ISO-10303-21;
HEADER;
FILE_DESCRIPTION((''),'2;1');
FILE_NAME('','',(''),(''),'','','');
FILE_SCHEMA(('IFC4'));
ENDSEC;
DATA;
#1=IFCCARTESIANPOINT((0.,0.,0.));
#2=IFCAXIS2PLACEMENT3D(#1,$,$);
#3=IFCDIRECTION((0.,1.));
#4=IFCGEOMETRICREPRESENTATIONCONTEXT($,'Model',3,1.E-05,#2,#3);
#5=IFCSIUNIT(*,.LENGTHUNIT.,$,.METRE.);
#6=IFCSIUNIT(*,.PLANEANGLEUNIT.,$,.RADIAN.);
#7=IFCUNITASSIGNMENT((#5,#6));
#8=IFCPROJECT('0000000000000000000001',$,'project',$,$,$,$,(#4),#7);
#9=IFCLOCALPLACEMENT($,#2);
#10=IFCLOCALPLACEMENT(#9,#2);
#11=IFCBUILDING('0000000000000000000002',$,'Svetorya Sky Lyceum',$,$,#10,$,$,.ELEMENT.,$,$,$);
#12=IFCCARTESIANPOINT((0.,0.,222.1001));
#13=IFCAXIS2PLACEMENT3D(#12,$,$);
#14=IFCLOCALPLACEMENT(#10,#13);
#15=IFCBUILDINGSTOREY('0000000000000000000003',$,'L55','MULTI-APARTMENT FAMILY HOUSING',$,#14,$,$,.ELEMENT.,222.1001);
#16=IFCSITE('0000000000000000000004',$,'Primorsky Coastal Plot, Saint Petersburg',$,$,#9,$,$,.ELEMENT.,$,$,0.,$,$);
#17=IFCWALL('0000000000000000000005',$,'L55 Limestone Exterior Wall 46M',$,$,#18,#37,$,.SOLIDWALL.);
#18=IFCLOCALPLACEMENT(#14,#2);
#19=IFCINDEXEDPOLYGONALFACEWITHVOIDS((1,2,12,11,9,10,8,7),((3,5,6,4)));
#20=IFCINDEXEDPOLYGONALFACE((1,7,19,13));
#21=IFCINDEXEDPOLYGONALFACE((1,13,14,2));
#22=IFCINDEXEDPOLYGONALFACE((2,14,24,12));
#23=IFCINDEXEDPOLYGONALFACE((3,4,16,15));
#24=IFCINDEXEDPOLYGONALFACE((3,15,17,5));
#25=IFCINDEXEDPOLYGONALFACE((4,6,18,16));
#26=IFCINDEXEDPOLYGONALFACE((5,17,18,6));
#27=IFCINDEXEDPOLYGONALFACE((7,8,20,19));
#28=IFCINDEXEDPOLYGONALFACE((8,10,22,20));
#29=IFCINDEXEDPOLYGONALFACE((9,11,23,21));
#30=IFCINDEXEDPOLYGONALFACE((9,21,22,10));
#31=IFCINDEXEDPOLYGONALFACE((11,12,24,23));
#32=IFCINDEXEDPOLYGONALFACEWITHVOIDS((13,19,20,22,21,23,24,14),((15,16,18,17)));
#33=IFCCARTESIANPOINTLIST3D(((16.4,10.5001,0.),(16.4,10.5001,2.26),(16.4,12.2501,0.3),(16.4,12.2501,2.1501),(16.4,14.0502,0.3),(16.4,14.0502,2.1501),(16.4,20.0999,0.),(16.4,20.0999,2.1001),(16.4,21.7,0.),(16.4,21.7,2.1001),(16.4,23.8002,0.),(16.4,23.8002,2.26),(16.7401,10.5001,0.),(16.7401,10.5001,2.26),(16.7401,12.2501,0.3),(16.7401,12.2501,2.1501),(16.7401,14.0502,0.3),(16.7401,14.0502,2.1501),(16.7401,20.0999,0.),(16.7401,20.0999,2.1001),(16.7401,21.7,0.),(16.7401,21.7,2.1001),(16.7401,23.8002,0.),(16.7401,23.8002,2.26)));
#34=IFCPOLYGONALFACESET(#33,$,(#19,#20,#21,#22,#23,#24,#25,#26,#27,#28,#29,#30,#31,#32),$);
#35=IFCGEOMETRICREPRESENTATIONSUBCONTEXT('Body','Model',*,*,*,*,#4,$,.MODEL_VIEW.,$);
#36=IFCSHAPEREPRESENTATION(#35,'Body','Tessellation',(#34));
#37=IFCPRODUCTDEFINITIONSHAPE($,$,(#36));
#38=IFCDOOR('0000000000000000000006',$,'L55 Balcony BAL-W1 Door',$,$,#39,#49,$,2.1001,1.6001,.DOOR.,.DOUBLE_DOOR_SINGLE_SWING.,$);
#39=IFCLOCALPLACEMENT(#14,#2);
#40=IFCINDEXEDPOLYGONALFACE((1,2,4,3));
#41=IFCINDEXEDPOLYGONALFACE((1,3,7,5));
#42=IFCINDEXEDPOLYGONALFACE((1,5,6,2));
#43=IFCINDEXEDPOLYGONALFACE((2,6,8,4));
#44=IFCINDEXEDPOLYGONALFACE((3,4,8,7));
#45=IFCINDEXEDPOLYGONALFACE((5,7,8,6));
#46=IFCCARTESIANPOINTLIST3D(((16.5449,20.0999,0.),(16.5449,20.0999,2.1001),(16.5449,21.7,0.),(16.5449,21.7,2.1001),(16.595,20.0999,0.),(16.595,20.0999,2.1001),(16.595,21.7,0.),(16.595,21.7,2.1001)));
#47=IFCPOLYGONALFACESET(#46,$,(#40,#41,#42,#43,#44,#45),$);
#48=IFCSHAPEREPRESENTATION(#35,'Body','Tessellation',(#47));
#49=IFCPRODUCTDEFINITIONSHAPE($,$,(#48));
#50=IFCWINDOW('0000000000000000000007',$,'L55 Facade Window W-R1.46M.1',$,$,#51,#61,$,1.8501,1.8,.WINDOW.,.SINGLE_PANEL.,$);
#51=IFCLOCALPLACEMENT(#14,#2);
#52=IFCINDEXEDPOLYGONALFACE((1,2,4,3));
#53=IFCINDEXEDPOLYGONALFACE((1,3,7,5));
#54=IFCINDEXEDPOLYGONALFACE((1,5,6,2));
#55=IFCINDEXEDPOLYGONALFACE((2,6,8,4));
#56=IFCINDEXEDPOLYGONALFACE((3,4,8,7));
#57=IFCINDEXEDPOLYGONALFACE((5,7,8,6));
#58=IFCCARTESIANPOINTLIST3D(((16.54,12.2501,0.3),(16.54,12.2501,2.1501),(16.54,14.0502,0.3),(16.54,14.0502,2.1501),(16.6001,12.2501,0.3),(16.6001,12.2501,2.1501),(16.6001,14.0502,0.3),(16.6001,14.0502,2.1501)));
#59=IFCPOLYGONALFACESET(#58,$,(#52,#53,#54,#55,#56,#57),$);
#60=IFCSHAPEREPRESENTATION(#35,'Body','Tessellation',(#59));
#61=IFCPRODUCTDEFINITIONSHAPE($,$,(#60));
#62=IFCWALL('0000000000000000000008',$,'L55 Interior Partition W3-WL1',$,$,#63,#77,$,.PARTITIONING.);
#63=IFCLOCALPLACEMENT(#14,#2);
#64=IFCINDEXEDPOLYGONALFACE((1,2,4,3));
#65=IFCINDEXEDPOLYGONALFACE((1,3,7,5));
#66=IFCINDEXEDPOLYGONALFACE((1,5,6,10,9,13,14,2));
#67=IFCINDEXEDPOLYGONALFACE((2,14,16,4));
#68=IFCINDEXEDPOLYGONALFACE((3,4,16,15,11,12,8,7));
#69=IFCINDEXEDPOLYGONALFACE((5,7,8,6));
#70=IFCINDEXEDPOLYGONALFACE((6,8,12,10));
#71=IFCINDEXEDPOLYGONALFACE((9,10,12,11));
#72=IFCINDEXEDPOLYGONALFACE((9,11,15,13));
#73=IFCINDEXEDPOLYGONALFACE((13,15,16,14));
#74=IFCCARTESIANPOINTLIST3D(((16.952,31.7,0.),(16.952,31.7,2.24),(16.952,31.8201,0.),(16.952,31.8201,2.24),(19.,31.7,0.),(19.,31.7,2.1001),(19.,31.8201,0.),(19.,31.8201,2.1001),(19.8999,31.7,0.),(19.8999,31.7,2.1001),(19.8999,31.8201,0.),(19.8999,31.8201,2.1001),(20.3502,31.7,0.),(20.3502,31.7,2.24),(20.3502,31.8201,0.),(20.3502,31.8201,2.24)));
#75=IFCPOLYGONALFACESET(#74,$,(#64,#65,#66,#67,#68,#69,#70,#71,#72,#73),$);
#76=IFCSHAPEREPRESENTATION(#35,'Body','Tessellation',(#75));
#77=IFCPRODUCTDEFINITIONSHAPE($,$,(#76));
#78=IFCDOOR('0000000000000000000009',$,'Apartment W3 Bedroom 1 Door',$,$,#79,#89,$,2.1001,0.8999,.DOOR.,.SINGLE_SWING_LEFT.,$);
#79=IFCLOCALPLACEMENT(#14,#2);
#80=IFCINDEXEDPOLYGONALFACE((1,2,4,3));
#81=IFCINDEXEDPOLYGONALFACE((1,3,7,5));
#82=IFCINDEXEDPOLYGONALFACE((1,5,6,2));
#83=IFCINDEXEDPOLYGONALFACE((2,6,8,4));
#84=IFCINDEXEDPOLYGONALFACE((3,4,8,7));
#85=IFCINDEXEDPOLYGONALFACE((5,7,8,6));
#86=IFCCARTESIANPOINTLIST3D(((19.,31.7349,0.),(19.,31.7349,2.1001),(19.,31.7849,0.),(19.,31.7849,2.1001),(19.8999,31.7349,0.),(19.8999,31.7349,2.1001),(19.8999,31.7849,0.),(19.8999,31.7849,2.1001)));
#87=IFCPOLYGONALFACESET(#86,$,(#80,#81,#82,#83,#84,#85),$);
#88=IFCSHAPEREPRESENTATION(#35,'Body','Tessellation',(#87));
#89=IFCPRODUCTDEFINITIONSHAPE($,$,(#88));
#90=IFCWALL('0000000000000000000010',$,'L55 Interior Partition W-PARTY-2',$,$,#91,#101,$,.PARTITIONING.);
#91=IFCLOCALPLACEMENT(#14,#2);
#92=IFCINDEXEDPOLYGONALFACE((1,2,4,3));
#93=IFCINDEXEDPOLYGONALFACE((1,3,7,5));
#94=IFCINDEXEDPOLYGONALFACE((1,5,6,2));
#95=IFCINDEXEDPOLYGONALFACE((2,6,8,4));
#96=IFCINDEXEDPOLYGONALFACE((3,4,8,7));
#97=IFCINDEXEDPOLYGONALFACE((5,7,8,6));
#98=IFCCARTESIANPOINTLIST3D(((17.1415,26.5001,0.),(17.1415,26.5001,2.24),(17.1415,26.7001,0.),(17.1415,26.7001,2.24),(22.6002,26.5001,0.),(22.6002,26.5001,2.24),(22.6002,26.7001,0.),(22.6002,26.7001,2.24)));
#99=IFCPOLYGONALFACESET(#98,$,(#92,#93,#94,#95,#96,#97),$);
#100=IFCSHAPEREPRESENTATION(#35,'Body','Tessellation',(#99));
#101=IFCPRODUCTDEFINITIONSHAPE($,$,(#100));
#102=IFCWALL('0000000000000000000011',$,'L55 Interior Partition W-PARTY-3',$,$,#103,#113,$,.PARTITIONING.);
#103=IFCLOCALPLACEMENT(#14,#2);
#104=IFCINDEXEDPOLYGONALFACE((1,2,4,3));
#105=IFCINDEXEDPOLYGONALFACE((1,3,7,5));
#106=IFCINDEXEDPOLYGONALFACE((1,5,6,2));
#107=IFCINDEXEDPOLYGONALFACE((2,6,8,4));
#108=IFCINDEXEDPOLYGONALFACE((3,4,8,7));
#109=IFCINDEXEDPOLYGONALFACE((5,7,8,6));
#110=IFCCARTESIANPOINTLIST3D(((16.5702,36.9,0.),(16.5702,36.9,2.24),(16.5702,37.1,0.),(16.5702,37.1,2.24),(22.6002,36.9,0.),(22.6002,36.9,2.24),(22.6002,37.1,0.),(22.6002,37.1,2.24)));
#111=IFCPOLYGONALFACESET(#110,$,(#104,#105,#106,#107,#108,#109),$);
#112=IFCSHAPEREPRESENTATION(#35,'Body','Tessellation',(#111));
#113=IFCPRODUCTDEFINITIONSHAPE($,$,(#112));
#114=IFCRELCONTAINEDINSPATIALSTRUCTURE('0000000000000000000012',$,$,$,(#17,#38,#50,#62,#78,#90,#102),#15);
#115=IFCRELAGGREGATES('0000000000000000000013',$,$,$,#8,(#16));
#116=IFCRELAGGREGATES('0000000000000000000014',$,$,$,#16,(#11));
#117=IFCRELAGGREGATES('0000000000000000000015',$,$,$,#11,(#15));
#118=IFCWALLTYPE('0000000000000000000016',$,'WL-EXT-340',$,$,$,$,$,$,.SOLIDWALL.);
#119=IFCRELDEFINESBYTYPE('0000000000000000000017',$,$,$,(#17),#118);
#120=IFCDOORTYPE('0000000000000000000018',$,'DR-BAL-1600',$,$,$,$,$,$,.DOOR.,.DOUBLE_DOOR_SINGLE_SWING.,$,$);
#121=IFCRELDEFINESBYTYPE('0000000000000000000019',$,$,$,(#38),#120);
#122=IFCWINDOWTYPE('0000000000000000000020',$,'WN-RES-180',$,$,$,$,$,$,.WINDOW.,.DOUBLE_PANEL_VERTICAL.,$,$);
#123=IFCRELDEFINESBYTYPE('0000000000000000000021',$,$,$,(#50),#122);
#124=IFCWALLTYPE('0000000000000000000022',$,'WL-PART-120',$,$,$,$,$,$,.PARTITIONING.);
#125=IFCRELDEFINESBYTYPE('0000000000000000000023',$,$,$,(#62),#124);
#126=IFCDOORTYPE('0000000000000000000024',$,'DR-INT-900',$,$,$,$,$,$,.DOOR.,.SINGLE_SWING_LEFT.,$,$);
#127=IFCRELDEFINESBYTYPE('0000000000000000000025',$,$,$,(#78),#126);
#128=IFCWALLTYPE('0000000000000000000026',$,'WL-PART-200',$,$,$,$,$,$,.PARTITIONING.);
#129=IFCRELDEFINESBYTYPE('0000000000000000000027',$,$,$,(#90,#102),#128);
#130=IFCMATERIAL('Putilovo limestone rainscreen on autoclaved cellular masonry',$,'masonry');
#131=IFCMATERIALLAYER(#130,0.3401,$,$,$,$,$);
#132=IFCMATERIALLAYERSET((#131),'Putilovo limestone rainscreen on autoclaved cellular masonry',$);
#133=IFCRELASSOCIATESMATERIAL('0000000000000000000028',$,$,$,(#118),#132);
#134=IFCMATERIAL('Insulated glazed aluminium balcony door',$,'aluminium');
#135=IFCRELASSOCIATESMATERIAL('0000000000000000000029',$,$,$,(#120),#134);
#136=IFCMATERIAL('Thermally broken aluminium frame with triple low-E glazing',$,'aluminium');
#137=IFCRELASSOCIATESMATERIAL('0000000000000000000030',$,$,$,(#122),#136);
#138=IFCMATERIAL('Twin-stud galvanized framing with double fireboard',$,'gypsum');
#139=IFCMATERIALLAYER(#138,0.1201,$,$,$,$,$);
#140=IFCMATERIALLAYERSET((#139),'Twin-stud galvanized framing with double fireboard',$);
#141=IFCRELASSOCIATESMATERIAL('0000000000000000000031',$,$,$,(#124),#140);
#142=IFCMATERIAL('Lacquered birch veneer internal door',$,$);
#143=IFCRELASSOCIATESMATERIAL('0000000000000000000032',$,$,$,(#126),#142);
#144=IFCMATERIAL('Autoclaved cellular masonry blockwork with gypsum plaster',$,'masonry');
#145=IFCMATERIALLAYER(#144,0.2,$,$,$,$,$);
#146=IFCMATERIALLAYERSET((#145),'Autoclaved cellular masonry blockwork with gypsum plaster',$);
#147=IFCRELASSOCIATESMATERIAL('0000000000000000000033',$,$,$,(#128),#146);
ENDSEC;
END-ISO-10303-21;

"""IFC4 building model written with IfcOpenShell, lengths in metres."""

from ifc_helpers import new_model, si_unit, direction, frame, frame_2d, origin, place, context, subcontext, project, spatial, rectangle, extrude, material, layer, layer_set, type_object, element, fill, save


model = new_model("IFC4")

# Units and contexts
model_context = context("Model", 3, precision=1e-05, world=origin(), true_north=direction((0.0, 1.0)))
body_context = subcontext(model_context, "Body", "Model", "MODEL_VIEW")
ifc_project = project(units=[si_unit("LENGTHUNIT", "METRE"), si_unit("PLANEANGLEUNIT", "RADIAN")], contexts=[model_context])

# Site, building, storey
site_placement = place(None, origin())
site = spatial("IfcSite", under=ifc_project, at=site_placement, Name="Primorsky Coastal Plot, Saint Petersburg", CompositionType="ELEMENT", RefElevation=0.0)
building_placement = place(site_placement, origin())
building = spatial("IfcBuilding", under=site, at=building_placement, Name="Svetorya Sky Lyceum", CompositionType="ELEMENT")
storey_placement = place(building_placement, frame((0.0, 0.0, 222.1001)))
storey = spatial("IfcBuildingStorey", under=building, at=storey_placement, Name="L55", Description="MULTI-APARTMENT FAMILY HOUSING", CompositionType="ELEMENT", Elevation=222.1001)

# Shared definitions
ifc_material_1 = material(Name="Putilovo limestone rainscreen on autoclaved cellular masonry", Category="masonry")
ifc_layer_1 = layer(ifc_material_1, 0.3401)
ifc_layer_set_1 = layer_set([ifc_layer_1], Name="Putilovo limestone rainscreen on autoclaved cellular masonry")
wall_type_1 = type_object("IfcWallType", Name="WL-EXT-340", PredefinedType="SOLIDWALL", material=ifc_layer_set_1)

# Shared definitions
ifc_material_2 = material(Name="Thermally broken aluminium frame with triple low-E glazing", Category="aluminium")

# Wall, openings, door, window
wall_1_placement = place(storey_placement, frame((16.5701, 23.8, 0.0), z_axis=(0.0, 0.0, 1.0), x_axis=(0.0, -1.0, 0.0)))
wall_1 = element("IfcWall", 1, at=wall_1_placement, inside=storey, type_object=wall_type_1, Name="L55 Limestone Exterior Wall 46M", PredefinedType="SOLIDWALL", context=body_context, shape_type="SweptSolid", body=[
    extrude(rectangle(XDim=13.3, YDim=0.3401, at=frame_2d((6.6499, 0.0))), origin(), (0.0, 0.0, 1.0), 2.26),
])
opening_1_placement = place(wall_1_placement, frame((2.1001, 0.0, 0.0)))
opening_1 = element("IfcOpeningElement", 2, at=opening_1_placement, cuts=wall_1, PredefinedType="OPENING", context=body_context, shape_type="SweptSolid", body=[
    extrude(rectangle(XDim=1.6001, YDim=2.1001, at=frame_2d((0.8, 1.05))), frame((0.0, 0.1799, 0.0), z_axis=(0.0, -1.0, 0.0), x_axis=(1.0, 0.0, 0.0)), (0.0, 0.0, 1.0), 0.3601),
])
opening_2_placement = place(wall_1_placement, frame((9.75, 0.0, 0.3)))
opening_2 = element("IfcOpeningElement", 3, at=opening_2_placement, cuts=wall_1, PredefinedType="OPENING", context=body_context, shape_type="SweptSolid", body=[
    extrude(rectangle(XDim=1.8, YDim=1.8501, at=frame_2d((0.8999, 0.925))), frame((0.0, 0.1799, 0.0), z_axis=(0.0, -1.0, 0.0), x_axis=(1.0, 0.0, 0.0)), (0.0, 0.0, 1.0), 0.3601),
])
ifc_material_3 = material(Name="Insulated glazed aluminium balcony door", Category="aluminium")
door_type_1 = type_object("IfcDoorType", Name="DR-BAL-1600", OperationType="DOUBLE_DOOR_SINGLE_SWING", PredefinedType="DOOR", material=ifc_material_3)
door_1_placement = place(opening_1_placement, origin())
door_1 = element("IfcDoor", 4, at=door_1_placement, inside=storey, type_object=door_type_1, Name="L55 Balcony BAL-W1 Door", OperationType="DOUBLE_DOOR_SINGLE_SWING", OverallHeight=2.1001, OverallWidth=1.6001, PredefinedType="DOOR", context=body_context, shape_type="SweptSolid", body=[
    extrude(rectangle(XDim=1.6001, YDim=2.1001, at=frame_2d((0.8, 1.05))), frame((0.0, 0.0249, 0.0), z_axis=(0.0, -1.0, 0.0), x_axis=(1.0, 0.0, 0.0)), (0.0, 0.0, 1.0), 0.05),
])
fill(opening_1, door_1)
window_type_1 = type_object("IfcWindowType", Name="WN-RES-180", PartitioningType="DOUBLE_PANEL_VERTICAL", PredefinedType="WINDOW", material=ifc_material_2)
window_1_placement = place(opening_2_placement, origin())
window_1 = element("IfcWindow", 5, at=window_1_placement, inside=storey, type_object=window_type_1, Name="L55 Facade Window W-R1.46M.1", OverallHeight=1.8501, OverallWidth=1.8, PartitioningType="SINGLE_PANEL", PredefinedType="WINDOW", context=body_context, shape_type="SweptSolid", body=[
    extrude(rectangle(XDim=1.8, YDim=1.8501, at=frame_2d((0.8999, 0.925))), frame((0.0, 0.03, 0.0), z_axis=(0.0, -1.0, 0.0), x_axis=(1.0, 0.0, 0.0)), (0.0, 0.0, 1.0), 0.0601),
])
fill(opening_2, window_1)

# Wall, opening, door
ifc_material_4 = material(Name="Twin-stud galvanized framing with double fireboard", Category="gypsum")
ifc_layer_2 = layer(ifc_material_4, 0.1201)
ifc_layer_set_2 = layer_set([ifc_layer_2], Name="Twin-stud galvanized framing with double fireboard")
wall_type_2 = type_object("IfcWallType", Name="WL-PART-120", PredefinedType="PARTITIONING", material=ifc_layer_set_2)
wall_2_placement = place(storey_placement, frame((16.9519, 31.76, 0.0), z_axis=(0.0, 0.0, 1.0), x_axis=(1.0, 0.0, 0.0)))
wall_2 = element("IfcWall", 6, at=wall_2_placement, inside=storey, type_object=wall_type_2, Name="L55 Interior Partition W3-WL1", PredefinedType="PARTITIONING", context=body_context, shape_type="SweptSolid", body=[
    extrude(rectangle(XDim=3.3982, YDim=0.1201, at=frame_2d((1.6992, 0.0))), origin(), (0.0, 0.0, 1.0), 2.24),
])
opening_3_placement = place(wall_2_placement, frame((2.0481, 0.0, 0.0)))
opening_3 = element("IfcOpeningElement", 7, at=opening_3_placement, cuts=wall_2, PredefinedType="OPENING", context=body_context, shape_type="SweptSolid", body=[
    extrude(rectangle(XDim=0.8999, YDim=2.1001, at=frame_2d((0.45, 1.05))), frame((0.0, 0.0701, 0.0), z_axis=(0.0, -1.0, 0.0), x_axis=(1.0, 0.0, 0.0)), (0.0, 0.0, 1.0), 0.1401),
])
ifc_material_5 = material(Name="Lacquered birch veneer internal door")
door_type_2 = type_object("IfcDoorType", Name="DR-INT-900", OperationType="SINGLE_SWING_LEFT", PredefinedType="DOOR", material=ifc_material_5)
door_2_placement = place(opening_3_placement, origin())
door_2 = element("IfcDoor", 8, at=door_2_placement, inside=storey, type_object=door_type_2, Name="Apartment W3 Bedroom 1 Door", OperationType="SINGLE_SWING_LEFT", OverallHeight=2.1001, OverallWidth=0.8999, PredefinedType="DOOR", context=body_context, shape_type="SweptSolid", body=[
    extrude(rectangle(XDim=0.8999, YDim=2.1001, at=frame_2d((0.45, 1.05))), frame((0.0, 0.0249, 0.0), z_axis=(0.0, -1.0, 0.0), x_axis=(1.0, 0.0, 0.0)), (0.0, 0.0, 1.0), 0.05),
])
fill(opening_3, door_2)

# Walls
ifc_material_6 = material(Name="Autoclaved cellular masonry blockwork with gypsum plaster", Category="masonry")
ifc_layer_3 = layer(ifc_material_6, 0.2)
ifc_layer_set_3 = layer_set([ifc_layer_3], Name="Autoclaved cellular masonry blockwork with gypsum plaster")
wall_type_3 = type_object("IfcWallType", Name="WL-PART-200", PredefinedType="PARTITIONING", material=ifc_layer_set_3)
wall_3_placement = place(storey_placement, frame((17.1414, 26.6001, 0.0), z_axis=(0.0, 0.0, 1.0), x_axis=(1.0, 0.0, 0.0)))
element("IfcWall", 9, at=wall_3_placement, inside=storey, type_object=wall_type_3, Name="L55 Interior Partition W-PARTY-2", PredefinedType="PARTITIONING", context=body_context, shape_type="SweptSolid", body=[
    extrude(rectangle(XDim=5.4587, YDim=0.2, at=frame_2d((2.7295, 0.0))), origin(), (0.0, 0.0, 1.0), 2.24),
])
wall_4_placement = place(storey_placement, frame((16.5701, 37.0, 0.0), z_axis=(0.0, 0.0, 1.0), x_axis=(1.0, 0.0, 0.0)))
element("IfcWall", 10, at=wall_4_placement, inside=storey, type_object=wall_type_3, Name="L55 Interior Partition W-PARTY-3", PredefinedType="PARTITIONING", context=body_context, shape_type="SweptSolid", body=[
    extrude(rectangle(XDim=6.03, YDim=0.2, at=frame_2d((3.0151, 0.0))), origin(), (0.0, 0.0, 1.0), 2.24),
])

save(model, "model.ifc")
